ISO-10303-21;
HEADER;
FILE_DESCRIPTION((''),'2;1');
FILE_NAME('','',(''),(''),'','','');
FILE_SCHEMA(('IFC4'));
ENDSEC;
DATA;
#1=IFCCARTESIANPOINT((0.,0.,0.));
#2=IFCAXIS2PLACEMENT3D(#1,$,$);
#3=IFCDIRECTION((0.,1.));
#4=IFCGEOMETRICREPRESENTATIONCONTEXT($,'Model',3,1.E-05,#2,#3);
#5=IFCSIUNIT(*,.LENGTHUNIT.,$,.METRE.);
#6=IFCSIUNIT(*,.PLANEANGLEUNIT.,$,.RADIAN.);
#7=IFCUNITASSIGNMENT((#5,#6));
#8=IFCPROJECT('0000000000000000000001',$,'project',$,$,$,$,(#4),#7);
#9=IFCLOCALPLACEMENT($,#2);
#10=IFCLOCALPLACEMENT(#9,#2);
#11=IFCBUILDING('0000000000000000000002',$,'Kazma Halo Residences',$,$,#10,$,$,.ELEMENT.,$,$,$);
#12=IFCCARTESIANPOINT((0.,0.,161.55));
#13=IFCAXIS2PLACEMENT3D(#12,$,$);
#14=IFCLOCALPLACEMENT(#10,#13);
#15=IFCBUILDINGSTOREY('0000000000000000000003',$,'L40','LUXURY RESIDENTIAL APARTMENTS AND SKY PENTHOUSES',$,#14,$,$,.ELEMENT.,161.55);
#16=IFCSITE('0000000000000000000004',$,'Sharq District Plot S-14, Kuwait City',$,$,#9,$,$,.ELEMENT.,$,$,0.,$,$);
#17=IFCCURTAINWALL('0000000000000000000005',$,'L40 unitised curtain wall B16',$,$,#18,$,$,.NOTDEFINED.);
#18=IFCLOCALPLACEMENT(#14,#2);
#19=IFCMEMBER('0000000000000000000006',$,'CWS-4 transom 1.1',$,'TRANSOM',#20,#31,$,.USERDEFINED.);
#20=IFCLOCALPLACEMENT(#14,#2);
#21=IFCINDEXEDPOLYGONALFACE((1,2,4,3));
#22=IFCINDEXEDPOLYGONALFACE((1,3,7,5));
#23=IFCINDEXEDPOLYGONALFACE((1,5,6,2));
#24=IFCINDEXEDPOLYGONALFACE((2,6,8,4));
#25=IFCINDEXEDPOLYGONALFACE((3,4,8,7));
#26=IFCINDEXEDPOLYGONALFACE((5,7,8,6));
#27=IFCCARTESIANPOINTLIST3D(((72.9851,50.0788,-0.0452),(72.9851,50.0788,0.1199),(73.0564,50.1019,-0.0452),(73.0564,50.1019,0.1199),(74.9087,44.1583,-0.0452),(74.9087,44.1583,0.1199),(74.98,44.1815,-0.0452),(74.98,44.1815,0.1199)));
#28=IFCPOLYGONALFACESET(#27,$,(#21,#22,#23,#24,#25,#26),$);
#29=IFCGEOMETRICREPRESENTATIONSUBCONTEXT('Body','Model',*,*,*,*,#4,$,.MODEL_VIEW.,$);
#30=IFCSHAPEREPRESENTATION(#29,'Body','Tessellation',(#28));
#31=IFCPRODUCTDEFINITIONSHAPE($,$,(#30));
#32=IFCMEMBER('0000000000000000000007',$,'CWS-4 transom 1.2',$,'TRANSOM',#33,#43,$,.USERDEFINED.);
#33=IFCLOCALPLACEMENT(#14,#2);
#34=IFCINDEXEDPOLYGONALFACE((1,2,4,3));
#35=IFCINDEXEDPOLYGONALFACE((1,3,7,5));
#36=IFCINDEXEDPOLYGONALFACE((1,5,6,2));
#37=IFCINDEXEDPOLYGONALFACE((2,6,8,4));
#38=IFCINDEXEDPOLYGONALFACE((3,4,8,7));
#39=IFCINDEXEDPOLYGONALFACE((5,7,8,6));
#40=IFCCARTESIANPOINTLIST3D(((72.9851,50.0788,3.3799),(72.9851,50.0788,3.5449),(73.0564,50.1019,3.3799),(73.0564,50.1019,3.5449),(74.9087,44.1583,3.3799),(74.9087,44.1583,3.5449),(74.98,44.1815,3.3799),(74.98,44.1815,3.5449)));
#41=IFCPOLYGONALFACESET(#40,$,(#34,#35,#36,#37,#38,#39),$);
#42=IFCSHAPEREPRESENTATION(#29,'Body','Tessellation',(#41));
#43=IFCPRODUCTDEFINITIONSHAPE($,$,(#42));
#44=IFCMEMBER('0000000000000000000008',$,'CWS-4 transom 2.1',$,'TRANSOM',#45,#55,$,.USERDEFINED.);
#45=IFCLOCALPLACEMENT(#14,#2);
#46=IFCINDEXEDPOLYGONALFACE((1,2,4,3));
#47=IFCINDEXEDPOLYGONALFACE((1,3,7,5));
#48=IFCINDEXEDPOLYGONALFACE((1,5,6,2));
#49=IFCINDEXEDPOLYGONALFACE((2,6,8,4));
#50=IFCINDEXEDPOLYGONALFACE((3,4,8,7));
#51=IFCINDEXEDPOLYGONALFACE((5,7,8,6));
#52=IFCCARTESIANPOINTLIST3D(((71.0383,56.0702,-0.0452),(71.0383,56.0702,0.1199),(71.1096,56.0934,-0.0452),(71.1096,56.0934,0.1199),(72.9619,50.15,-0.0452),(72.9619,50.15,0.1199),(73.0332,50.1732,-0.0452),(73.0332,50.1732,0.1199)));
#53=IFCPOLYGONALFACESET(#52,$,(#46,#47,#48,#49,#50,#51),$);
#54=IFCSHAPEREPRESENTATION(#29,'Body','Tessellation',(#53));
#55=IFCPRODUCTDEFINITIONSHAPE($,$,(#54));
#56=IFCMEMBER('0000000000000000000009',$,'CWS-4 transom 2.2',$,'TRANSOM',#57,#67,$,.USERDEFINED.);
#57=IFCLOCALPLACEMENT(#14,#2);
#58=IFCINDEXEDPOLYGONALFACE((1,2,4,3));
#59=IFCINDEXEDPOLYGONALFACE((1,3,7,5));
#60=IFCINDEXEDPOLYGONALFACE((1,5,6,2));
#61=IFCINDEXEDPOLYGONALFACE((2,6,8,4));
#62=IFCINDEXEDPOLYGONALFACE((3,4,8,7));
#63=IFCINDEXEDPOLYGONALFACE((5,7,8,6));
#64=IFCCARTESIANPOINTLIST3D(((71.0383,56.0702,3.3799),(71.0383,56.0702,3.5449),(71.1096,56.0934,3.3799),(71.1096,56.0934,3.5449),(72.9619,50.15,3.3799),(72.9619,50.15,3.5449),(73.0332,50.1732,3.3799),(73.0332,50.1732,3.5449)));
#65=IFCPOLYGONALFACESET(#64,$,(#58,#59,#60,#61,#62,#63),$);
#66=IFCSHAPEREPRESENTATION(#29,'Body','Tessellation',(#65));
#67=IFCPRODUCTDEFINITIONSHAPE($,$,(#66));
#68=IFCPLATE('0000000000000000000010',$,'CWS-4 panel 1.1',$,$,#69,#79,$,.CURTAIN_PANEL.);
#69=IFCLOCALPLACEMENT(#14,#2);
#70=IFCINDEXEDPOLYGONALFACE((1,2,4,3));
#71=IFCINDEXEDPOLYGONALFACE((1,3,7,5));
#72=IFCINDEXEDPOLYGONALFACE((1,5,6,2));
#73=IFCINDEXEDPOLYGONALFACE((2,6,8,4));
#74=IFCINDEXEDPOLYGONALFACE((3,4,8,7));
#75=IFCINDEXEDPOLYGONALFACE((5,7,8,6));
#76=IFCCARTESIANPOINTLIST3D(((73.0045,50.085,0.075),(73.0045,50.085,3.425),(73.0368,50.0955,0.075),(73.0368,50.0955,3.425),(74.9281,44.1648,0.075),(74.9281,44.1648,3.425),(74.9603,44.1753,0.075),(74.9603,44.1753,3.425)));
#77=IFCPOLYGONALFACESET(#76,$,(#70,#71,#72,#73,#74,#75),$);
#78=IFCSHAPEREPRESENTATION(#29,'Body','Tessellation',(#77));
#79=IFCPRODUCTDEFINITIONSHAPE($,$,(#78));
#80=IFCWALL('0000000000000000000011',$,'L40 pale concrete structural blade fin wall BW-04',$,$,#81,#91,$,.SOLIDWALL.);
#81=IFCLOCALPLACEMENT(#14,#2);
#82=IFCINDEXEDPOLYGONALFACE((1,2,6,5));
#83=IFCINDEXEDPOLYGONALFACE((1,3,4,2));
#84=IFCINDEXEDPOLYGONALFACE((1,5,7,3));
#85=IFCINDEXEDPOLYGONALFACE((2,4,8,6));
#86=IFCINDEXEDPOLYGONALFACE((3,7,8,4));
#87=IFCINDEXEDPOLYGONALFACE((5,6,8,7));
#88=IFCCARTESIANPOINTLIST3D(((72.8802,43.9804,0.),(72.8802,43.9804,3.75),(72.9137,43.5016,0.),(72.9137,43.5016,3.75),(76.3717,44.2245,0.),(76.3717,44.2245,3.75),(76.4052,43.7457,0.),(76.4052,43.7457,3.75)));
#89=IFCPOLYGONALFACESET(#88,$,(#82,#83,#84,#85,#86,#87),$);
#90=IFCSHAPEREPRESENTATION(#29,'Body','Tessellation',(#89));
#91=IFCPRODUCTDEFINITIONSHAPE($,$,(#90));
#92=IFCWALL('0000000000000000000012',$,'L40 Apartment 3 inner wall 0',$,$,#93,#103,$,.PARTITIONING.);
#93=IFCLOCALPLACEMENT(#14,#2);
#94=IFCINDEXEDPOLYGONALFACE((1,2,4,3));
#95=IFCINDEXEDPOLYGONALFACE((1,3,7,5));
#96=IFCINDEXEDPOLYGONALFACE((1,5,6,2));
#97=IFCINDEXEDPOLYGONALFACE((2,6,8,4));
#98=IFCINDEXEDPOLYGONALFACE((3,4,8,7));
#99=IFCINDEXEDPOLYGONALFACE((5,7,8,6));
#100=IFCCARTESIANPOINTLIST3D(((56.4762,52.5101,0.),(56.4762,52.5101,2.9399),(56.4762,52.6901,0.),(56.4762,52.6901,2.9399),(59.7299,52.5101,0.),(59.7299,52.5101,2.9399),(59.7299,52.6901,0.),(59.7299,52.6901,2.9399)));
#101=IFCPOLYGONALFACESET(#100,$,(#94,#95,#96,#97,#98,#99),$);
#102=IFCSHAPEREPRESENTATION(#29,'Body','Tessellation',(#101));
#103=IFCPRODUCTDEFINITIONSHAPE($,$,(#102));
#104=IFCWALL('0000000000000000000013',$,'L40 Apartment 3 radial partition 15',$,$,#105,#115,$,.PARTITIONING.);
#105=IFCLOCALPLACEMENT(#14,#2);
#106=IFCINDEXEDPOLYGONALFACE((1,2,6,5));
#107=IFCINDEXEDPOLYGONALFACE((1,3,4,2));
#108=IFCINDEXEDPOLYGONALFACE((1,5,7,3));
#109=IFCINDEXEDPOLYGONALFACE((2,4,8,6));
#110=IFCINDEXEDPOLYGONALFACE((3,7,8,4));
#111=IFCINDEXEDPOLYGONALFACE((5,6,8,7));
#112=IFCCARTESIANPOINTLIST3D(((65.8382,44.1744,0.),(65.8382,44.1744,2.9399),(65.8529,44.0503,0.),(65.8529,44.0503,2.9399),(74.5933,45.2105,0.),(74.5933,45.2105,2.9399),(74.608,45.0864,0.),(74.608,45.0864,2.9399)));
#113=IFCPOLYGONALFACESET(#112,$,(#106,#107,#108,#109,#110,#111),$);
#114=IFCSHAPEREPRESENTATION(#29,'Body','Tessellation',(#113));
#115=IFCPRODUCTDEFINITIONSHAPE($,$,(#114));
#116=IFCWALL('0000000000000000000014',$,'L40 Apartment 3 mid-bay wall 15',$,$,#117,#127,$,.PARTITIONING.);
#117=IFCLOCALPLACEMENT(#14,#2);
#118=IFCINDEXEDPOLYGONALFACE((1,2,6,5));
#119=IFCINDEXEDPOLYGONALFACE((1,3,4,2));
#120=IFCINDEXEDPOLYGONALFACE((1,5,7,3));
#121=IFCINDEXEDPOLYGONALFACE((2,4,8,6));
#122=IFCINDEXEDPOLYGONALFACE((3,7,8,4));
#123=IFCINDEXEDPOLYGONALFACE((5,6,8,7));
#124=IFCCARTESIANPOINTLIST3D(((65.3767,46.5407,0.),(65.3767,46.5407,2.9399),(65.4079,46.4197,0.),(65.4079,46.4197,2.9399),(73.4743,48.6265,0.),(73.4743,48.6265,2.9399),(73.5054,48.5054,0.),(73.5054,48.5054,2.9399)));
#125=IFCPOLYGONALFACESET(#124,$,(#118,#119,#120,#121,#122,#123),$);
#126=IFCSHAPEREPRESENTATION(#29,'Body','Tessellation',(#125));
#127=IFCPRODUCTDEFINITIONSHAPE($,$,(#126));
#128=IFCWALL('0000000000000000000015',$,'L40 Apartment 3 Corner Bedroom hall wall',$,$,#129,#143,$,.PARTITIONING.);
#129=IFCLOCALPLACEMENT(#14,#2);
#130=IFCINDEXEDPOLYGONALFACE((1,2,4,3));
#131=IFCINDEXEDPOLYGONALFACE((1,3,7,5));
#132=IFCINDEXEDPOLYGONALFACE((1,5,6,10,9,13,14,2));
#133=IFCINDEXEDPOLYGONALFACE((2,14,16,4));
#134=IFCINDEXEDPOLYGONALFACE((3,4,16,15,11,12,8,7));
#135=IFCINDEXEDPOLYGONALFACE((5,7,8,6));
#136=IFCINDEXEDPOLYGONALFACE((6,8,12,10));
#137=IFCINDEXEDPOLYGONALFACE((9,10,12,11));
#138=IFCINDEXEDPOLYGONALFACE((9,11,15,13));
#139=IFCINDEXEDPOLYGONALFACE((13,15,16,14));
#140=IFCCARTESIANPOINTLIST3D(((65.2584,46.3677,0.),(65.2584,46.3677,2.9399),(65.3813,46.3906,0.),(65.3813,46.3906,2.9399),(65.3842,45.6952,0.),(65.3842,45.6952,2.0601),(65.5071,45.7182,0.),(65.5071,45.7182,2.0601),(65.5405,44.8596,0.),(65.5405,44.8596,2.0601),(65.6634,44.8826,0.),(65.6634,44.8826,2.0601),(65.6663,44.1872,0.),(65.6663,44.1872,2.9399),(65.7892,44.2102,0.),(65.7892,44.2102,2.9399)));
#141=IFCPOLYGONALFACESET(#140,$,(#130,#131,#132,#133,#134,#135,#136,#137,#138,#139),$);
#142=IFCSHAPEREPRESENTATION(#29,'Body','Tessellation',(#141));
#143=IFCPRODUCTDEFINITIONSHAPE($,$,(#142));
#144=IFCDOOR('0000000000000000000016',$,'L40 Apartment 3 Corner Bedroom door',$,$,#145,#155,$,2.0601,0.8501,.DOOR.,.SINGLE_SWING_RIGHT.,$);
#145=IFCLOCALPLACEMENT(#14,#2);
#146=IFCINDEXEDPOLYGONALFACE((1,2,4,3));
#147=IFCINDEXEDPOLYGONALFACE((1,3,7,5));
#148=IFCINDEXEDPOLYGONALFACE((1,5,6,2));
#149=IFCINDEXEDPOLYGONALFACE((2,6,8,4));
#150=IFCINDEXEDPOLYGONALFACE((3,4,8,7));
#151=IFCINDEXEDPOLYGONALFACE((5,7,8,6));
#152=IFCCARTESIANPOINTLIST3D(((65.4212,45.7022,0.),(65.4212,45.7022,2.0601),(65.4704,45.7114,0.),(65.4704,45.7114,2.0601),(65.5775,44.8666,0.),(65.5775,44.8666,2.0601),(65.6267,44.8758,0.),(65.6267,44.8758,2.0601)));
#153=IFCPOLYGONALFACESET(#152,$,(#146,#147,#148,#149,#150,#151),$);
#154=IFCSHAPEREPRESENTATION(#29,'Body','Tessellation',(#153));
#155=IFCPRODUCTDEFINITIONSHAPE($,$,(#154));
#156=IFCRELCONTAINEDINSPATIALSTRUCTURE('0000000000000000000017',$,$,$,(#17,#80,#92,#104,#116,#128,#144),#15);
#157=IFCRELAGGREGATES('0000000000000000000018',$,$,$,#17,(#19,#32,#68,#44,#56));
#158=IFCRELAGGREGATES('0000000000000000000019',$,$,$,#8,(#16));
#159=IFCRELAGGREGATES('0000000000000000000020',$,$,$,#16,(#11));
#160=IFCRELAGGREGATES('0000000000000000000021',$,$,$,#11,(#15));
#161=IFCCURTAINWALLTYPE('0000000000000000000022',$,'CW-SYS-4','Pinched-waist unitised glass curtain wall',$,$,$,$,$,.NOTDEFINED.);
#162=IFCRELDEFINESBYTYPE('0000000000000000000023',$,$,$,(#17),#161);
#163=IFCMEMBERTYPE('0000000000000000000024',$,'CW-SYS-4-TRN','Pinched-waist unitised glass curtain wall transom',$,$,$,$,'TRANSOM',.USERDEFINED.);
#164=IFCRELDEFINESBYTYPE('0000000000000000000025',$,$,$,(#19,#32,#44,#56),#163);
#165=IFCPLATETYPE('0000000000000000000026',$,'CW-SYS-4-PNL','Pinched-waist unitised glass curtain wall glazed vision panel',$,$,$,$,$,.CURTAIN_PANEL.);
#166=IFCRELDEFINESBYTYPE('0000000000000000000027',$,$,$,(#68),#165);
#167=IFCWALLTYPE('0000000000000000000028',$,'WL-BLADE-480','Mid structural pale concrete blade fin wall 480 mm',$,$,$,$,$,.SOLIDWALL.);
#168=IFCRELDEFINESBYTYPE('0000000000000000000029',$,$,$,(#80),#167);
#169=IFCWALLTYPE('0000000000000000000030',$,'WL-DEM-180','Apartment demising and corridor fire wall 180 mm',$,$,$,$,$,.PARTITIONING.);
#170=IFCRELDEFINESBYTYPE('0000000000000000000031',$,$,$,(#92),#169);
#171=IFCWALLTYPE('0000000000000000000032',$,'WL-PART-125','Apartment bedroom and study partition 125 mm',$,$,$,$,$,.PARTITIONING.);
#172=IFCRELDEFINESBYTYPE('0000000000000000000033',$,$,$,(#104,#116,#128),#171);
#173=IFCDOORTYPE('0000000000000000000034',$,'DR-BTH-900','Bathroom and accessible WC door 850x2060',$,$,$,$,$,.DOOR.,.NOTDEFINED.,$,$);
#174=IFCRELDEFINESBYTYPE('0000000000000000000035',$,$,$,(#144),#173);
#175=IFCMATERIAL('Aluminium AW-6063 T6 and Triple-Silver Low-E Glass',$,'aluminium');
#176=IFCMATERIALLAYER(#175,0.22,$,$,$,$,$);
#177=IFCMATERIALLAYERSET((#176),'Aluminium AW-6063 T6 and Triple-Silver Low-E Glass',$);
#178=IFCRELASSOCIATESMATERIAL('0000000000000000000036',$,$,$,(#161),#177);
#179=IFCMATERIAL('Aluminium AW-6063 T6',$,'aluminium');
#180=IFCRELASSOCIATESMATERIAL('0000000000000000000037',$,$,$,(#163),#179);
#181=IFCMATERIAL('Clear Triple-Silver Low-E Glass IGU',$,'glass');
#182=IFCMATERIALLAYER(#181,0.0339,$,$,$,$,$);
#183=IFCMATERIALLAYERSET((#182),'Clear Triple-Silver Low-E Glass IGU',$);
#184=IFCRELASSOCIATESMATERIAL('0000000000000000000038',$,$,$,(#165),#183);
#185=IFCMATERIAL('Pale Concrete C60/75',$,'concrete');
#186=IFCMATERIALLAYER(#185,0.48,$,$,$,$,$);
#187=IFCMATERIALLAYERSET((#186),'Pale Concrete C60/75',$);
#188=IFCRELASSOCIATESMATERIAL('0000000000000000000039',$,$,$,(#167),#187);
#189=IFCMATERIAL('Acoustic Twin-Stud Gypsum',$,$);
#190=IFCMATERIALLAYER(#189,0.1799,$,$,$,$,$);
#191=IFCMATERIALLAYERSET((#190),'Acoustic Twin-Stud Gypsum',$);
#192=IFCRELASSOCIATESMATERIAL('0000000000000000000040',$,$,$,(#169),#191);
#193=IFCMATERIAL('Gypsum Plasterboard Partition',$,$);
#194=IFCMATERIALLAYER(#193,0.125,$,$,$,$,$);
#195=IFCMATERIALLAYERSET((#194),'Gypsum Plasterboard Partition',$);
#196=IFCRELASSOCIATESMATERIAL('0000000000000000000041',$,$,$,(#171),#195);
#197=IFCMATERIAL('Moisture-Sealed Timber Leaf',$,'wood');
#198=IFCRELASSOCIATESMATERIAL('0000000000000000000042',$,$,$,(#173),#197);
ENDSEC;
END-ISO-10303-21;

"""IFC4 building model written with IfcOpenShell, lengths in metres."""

from ifc_helpers import new_model, si_unit, direction, frame, frame_2d, origin, origin_2d, place, context, subcontext, project, spatial, rectangle, extrude, material, layer, layer_set, material_profile, profile_set, type_object, element, fill, aggregate, save


model = new_model("IFC4")

# Units and contexts
model_context = context("Model", 3, precision=1e-05, world=origin(), true_north=direction((0.0, 1.0)))
body_context = subcontext(model_context, "Body", "Model", "MODEL_VIEW")
ifc_project = project(units=[si_unit("LENGTHUNIT", "METRE"), si_unit("PLANEANGLEUNIT", "RADIAN")], contexts=[model_context])

# Site, building, storey
site_placement = place(None, origin())
site = spatial("IfcSite", under=ifc_project, at=site_placement, Name="Sharq District Plot S-14, Kuwait City", CompositionType="ELEMENT", RefElevation=0.0)
building_placement = place(site_placement, origin())
building = spatial("IfcBuilding", under=site, at=building_placement, Name="Kazma Halo Residences", CompositionType="ELEMENT")
storey_placement = place(building_placement, frame((0.0, 0.0, 161.55)))
storey = spatial("IfcBuildingStorey", under=building, at=storey_placement, Name="L40", Description="LUXURY RESIDENTIAL APARTMENTS AND SKY PENTHOUSES", CompositionType="ELEMENT", Elevation=161.55)

# Shared definitions
ifc_material_1 = material(Name="Aluminium AW-6063 T6 and Triple-Silver Low-E Glass", Category="aluminium")
ifc_layer_1 = layer(ifc_material_1, 0.22)
ifc_layer_set_1 = layer_set([ifc_layer_1], Name="Aluminium AW-6063 T6 and Triple-Silver Low-E Glass")
curtain_wall_type = type_object("IfcCurtainWallType", Name="CW-SYS-4", Description="Pinched-waist unitised glass curtain wall", PredefinedType="NOTDEFINED", material=ifc_layer_set_1)
ifc_material_2 = material(Name="Aluminium AW-6063 T6", Category="aluminium")

# Curtain wall, members, plate
curtain_wall_1_placement = place(storey_placement, origin())
curtain_wall_1 = element("IfcCurtainWall", 1, at=curtain_wall_1_placement, inside=storey, type_object=curtain_wall_type, Name="L40 unitised curtain wall B16", PredefinedType="NOTDEFINED")
ifc_material_profile_1 = material_profile(ifc_material_2, rectangle(XDim=0.075, YDim=0.165, at=origin_2d()), Name="CWT-75x165")
ifc_profile_set_1 = profile_set([ifc_material_profile_1], Name="Aluminium AW-6063 T6")
member_type_1 = type_object("IfcMemberType", Name="CW-SYS-4-TRN", Description="Pinched-waist unitised glass curtain wall transom", ElementType="TRANSOM", PredefinedType="USERDEFINED", material=ifc_profile_set_1)
member_1_placement = place(storey_placement, frame((74.9443, 44.1699, 0.0374), z_axis=(-0.309006, 0.95106, 0.0), x_axis=(-0.95106, -0.309006, 0.0)))
member_1 = element("IfcMember", 2, at=member_1_placement, type_object=member_type_1, Name="CWS-4 transom 1.1", ObjectType="TRANSOM", PredefinedType="USERDEFINED", context=body_context, shape_type="SweptSolid", body=[
    extrude(rectangle(XDim=0.075, YDim=0.165, at=origin_2d()), origin(), (0.0, 0.0, 1.0), 6.2251),
])
member_2_placement = place(storey_placement, frame((74.9443, 44.1699, 3.4624), z_axis=(-0.309006, 0.95106, 0.0), x_axis=(-0.95106, -0.309006, 0.0)))
member_2 = element("IfcMember", 3, at=member_2_placement, type_object=member_type_1, Name="CWS-4 transom 1.2", ObjectType="TRANSOM", PredefinedType="USERDEFINED", context=body_context, shape_type="SweptSolid", body=[
    extrude(rectangle(XDim=0.075, YDim=0.165, at=origin_2d()), origin(), (0.0, 0.0, 1.0), 6.2251),
])
member_3_placement = place(storey_placement, frame((72.9976, 50.1616, 0.0374), z_axis=(-0.309018, 0.951056, 0.0), x_axis=(-0.951056, -0.309018, 0.0)))
member_3 = element("IfcMember", 4, at=member_3_placement, type_object=member_type_1, Name="CWS-4 transom 2.1", ObjectType="TRANSOM", PredefinedType="USERDEFINED", context=body_context, shape_type="SweptSolid", body=[
    extrude(rectangle(XDim=0.075, YDim=0.165, at=origin_2d()), origin(), (0.0, 0.0, 1.0), 6.2249),
])
member_4_placement = place(storey_placement, frame((72.9976, 50.1616, 3.4624), z_axis=(-0.309018, 0.951056, 0.0), x_axis=(-0.951056, -0.309018, 0.0)))
member_4 = element("IfcMember", 5, at=member_4_placement, type_object=member_type_1, Name="CWS-4 transom 2.2", ObjectType="TRANSOM", PredefinedType="USERDEFINED", context=body_context, shape_type="SweptSolid", body=[
    extrude(rectangle(XDim=0.075, YDim=0.165, at=origin_2d()), origin(), (0.0, 0.0, 1.0), 6.2249),
])
ifc_material_3 = material(Name="Clear Triple-Silver Low-E Glass IGU", Category="glass")
ifc_layer_2 = layer(ifc_material_3, 0.0339)
ifc_layer_set_2 = layer_set([ifc_layer_2], Name="Clear Triple-Silver Low-E Glass IGU")
plate_type = type_object("IfcPlateType", Name="CW-SYS-4-PNL", Description="Pinched-waist unitised glass curtain wall glazed vision panel", PredefinedType="CURTAIN_PANEL", material=ifc_layer_set_2)
plate_placement = place(storey_placement, frame((73.9824, 47.1301, 0.075), z_axis=(0.0, 0.0, 1.0), x_axis=(-0.309014, 0.951058, 0.0)))
plate = element("IfcPlate", 6, at=plate_placement, type_object=plate_type, Name="CWS-4 panel 1.1", PredefinedType="CURTAIN_PANEL", context=body_context, shape_type="SweptSolid", body=[
    extrude(rectangle(XDim=6.2249, YDim=0.0339, at=origin_2d()), origin(), (0.0, 0.0, 1.0), 3.3501),
])
aggregate(curtain_wall_1, [member_1, member_2, plate, member_3, member_4])

# Walls
ifc_material_4 = material(Name="Pale Concrete C60/75", Category="concrete")
ifc_layer_3 = layer(ifc_material_4, 0.48)
ifc_layer_set_3 = layer_set([ifc_layer_3], Name="Pale Concrete C60/75")
wall_type_1 = type_object("IfcWallType", Name="WL-BLADE-480", Description="Mid structural pale concrete blade fin wall 480 mm", PredefinedType="SOLIDWALL", material=ifc_layer_set_3)
wall_1_placement = place(storey_placement, frame((72.897, 43.741, 0.0), z_axis=(0.0, 0.0, 1.0), x_axis=(0.997564, 0.069755, 0.0)))
element("IfcWall", 7, at=wall_1_placement, inside=storey, type_object=wall_type_1, Name="L40 pale concrete structural blade fin wall BW-04", PredefinedType="SOLIDWALL", context=body_context, shape_type="SweptSolid", body=[
    extrude(rectangle(XDim=3.5, YDim=0.48, at=frame_2d((1.75, 0.0))), origin(), (0.0, 0.0, 1.0), 3.75),
])
ifc_material_5 = material(Name="Acoustic Twin-Stud Gypsum")
ifc_layer_4 = layer(ifc_material_5, 0.1799)
ifc_layer_set_4 = layer_set([ifc_layer_4], Name="Acoustic Twin-Stud Gypsum")
wall_type_2 = type_object("IfcWallType", Name="WL-DEM-180", Description="Apartment demising and corridor fire wall 180 mm", PredefinedType="PARTITIONING", material=ifc_layer_set_4)
wall_2_placement = place(storey_placement, frame((59.73, 52.6001, 0.0), z_axis=(0.0, 0.0, 1.0), x_axis=(-1.0, 0.0, 0.0)))
element("IfcWall", 8, at=wall_2_placement, inside=storey, type_object=wall_type_2, Name="L40 Apartment 3 inner wall 0", PredefinedType="PARTITIONING", context=body_context, shape_type="SweptSolid", body=[
    extrude(rectangle(XDim=3.2537, YDim=0.1799, at=frame_2d((1.627, 0.0))), origin(), (0.0, 0.0, 1.0), 2.9399),
])
ifc_material_6 = material(Name="Gypsum Plasterboard Partition")
ifc_layer_5 = layer(ifc_material_6, 0.125)
ifc_layer_set_5 = layer_set([ifc_layer_5], Name="Gypsum Plasterboard Partition")
wall_type_3 = type_object("IfcWallType", Name="WL-PART-125", Description="Apartment bedroom and study partition 125 mm", PredefinedType="PARTITIONING", material=ifc_layer_set_5)
wall_3_placement = place(storey_placement, frame((65.8455, 44.1123, 0.0), z_axis=(0.0, 0.0, 1.0), x_axis=(0.99307, 0.117526, 0.0)))
element("IfcWall", 9, at=wall_3_placement, inside=storey, type_object=wall_type_3, Name="L40 Apartment 3 radial partition 15", PredefinedType="PARTITIONING", context=body_context, shape_type="SweptSolid", body=[
    extrude(rectangle(XDim=8.8162, YDim=0.125, at=frame_2d((4.4082, 0.0))), origin(), (0.0, 0.0, 1.0), 2.9399),
])
wall_4_placement = place(storey_placement, frame((65.3923, 46.4802, 0.0), z_axis=(0.0, 0.0, 1.0), x_axis=(0.968392, 0.249434, 0.0)))
element("IfcWall", 10, at=wall_4_placement, inside=storey, type_object=wall_type_3, Name="L40 Apartment 3 mid-bay wall 15", PredefinedType="PARTITIONING", context=body_context, shape_type="SweptSolid", body=[
    extrude(rectangle(XDim=8.3618, YDim=0.125, at=frame_2d((4.1809, 0.0))), origin(), (0.0, 0.0, 1.0), 2.9399),
])

# Wall, opening, door
wall_5_placement = place(storey_placement, frame((65.7278, 44.1987, 0.0), z_axis=(0.0, 0.0, 1.0), x_axis=(-0.18391, 0.982943, 0.0)))
wall_5 = element("IfcWall", 11, at=wall_5_placement, inside=storey, type_object=wall_type_3, Name="L40 Apartment 3 Corner Bedroom hall wall", PredefinedType="PARTITIONING", context=body_context, shape_type="SweptSolid", body=[
    extrude(rectangle(XDim=2.2183, YDim=0.125, at=frame_2d((1.1091, 0.0))), origin(), (0.0, 0.0, 1.0), 2.9399),
])
opening_1_placement = place(wall_5_placement, frame((0.6841, 0.0, 0.0)))
opening_1 = element("IfcOpeningElement", 12, at=opening_1_placement, cuts=wall_5, PredefinedType="OPENING", context=body_context, shape_type="SweptSolid", body=[
    extrude(rectangle(XDim=0.8501, YDim=2.0601, at=frame_2d((0.425, 1.03))), frame((0.0, 0.0725, 0.0), z_axis=(0.0, -1.0, 0.0), x_axis=(1.0, 0.0, 0.0)), (0.0, 0.0, 1.0), 0.145),
])
ifc_material_7 = material(Name="Moisture-Sealed Timber Leaf", Category="wood")
door_type_1 = type_object("IfcDoorType", Name="DR-BTH-900", Description="Bathroom and accessible WC door 850x2060", OperationType="NOTDEFINED", PredefinedType="DOOR", material=ifc_material_7)
door_1_placement = place(opening_1_placement, origin())
door_1 = element("IfcDoor", 13, at=door_1_placement, inside=storey, type_object=door_type_1, Name="L40 Apartment 3 Corner Bedroom door", OperationType="SINGLE_SWING_RIGHT", OverallHeight=2.0601, OverallWidth=0.8501, PredefinedType="DOOR", context=body_context, shape_type="SweptSolid", body=[
    extrude(rectangle(XDim=0.8501, YDim=2.0601, at=frame_2d((0.425, 1.03))), frame((0.0, 0.0249, 0.0), z_axis=(0.0, -1.0, 0.0), x_axis=(1.0, 0.0, 0.0)), (0.0, 0.0, 1.0), 0.05),
])
fill(opening_1, door_1)

save(model, "model.ifc")
